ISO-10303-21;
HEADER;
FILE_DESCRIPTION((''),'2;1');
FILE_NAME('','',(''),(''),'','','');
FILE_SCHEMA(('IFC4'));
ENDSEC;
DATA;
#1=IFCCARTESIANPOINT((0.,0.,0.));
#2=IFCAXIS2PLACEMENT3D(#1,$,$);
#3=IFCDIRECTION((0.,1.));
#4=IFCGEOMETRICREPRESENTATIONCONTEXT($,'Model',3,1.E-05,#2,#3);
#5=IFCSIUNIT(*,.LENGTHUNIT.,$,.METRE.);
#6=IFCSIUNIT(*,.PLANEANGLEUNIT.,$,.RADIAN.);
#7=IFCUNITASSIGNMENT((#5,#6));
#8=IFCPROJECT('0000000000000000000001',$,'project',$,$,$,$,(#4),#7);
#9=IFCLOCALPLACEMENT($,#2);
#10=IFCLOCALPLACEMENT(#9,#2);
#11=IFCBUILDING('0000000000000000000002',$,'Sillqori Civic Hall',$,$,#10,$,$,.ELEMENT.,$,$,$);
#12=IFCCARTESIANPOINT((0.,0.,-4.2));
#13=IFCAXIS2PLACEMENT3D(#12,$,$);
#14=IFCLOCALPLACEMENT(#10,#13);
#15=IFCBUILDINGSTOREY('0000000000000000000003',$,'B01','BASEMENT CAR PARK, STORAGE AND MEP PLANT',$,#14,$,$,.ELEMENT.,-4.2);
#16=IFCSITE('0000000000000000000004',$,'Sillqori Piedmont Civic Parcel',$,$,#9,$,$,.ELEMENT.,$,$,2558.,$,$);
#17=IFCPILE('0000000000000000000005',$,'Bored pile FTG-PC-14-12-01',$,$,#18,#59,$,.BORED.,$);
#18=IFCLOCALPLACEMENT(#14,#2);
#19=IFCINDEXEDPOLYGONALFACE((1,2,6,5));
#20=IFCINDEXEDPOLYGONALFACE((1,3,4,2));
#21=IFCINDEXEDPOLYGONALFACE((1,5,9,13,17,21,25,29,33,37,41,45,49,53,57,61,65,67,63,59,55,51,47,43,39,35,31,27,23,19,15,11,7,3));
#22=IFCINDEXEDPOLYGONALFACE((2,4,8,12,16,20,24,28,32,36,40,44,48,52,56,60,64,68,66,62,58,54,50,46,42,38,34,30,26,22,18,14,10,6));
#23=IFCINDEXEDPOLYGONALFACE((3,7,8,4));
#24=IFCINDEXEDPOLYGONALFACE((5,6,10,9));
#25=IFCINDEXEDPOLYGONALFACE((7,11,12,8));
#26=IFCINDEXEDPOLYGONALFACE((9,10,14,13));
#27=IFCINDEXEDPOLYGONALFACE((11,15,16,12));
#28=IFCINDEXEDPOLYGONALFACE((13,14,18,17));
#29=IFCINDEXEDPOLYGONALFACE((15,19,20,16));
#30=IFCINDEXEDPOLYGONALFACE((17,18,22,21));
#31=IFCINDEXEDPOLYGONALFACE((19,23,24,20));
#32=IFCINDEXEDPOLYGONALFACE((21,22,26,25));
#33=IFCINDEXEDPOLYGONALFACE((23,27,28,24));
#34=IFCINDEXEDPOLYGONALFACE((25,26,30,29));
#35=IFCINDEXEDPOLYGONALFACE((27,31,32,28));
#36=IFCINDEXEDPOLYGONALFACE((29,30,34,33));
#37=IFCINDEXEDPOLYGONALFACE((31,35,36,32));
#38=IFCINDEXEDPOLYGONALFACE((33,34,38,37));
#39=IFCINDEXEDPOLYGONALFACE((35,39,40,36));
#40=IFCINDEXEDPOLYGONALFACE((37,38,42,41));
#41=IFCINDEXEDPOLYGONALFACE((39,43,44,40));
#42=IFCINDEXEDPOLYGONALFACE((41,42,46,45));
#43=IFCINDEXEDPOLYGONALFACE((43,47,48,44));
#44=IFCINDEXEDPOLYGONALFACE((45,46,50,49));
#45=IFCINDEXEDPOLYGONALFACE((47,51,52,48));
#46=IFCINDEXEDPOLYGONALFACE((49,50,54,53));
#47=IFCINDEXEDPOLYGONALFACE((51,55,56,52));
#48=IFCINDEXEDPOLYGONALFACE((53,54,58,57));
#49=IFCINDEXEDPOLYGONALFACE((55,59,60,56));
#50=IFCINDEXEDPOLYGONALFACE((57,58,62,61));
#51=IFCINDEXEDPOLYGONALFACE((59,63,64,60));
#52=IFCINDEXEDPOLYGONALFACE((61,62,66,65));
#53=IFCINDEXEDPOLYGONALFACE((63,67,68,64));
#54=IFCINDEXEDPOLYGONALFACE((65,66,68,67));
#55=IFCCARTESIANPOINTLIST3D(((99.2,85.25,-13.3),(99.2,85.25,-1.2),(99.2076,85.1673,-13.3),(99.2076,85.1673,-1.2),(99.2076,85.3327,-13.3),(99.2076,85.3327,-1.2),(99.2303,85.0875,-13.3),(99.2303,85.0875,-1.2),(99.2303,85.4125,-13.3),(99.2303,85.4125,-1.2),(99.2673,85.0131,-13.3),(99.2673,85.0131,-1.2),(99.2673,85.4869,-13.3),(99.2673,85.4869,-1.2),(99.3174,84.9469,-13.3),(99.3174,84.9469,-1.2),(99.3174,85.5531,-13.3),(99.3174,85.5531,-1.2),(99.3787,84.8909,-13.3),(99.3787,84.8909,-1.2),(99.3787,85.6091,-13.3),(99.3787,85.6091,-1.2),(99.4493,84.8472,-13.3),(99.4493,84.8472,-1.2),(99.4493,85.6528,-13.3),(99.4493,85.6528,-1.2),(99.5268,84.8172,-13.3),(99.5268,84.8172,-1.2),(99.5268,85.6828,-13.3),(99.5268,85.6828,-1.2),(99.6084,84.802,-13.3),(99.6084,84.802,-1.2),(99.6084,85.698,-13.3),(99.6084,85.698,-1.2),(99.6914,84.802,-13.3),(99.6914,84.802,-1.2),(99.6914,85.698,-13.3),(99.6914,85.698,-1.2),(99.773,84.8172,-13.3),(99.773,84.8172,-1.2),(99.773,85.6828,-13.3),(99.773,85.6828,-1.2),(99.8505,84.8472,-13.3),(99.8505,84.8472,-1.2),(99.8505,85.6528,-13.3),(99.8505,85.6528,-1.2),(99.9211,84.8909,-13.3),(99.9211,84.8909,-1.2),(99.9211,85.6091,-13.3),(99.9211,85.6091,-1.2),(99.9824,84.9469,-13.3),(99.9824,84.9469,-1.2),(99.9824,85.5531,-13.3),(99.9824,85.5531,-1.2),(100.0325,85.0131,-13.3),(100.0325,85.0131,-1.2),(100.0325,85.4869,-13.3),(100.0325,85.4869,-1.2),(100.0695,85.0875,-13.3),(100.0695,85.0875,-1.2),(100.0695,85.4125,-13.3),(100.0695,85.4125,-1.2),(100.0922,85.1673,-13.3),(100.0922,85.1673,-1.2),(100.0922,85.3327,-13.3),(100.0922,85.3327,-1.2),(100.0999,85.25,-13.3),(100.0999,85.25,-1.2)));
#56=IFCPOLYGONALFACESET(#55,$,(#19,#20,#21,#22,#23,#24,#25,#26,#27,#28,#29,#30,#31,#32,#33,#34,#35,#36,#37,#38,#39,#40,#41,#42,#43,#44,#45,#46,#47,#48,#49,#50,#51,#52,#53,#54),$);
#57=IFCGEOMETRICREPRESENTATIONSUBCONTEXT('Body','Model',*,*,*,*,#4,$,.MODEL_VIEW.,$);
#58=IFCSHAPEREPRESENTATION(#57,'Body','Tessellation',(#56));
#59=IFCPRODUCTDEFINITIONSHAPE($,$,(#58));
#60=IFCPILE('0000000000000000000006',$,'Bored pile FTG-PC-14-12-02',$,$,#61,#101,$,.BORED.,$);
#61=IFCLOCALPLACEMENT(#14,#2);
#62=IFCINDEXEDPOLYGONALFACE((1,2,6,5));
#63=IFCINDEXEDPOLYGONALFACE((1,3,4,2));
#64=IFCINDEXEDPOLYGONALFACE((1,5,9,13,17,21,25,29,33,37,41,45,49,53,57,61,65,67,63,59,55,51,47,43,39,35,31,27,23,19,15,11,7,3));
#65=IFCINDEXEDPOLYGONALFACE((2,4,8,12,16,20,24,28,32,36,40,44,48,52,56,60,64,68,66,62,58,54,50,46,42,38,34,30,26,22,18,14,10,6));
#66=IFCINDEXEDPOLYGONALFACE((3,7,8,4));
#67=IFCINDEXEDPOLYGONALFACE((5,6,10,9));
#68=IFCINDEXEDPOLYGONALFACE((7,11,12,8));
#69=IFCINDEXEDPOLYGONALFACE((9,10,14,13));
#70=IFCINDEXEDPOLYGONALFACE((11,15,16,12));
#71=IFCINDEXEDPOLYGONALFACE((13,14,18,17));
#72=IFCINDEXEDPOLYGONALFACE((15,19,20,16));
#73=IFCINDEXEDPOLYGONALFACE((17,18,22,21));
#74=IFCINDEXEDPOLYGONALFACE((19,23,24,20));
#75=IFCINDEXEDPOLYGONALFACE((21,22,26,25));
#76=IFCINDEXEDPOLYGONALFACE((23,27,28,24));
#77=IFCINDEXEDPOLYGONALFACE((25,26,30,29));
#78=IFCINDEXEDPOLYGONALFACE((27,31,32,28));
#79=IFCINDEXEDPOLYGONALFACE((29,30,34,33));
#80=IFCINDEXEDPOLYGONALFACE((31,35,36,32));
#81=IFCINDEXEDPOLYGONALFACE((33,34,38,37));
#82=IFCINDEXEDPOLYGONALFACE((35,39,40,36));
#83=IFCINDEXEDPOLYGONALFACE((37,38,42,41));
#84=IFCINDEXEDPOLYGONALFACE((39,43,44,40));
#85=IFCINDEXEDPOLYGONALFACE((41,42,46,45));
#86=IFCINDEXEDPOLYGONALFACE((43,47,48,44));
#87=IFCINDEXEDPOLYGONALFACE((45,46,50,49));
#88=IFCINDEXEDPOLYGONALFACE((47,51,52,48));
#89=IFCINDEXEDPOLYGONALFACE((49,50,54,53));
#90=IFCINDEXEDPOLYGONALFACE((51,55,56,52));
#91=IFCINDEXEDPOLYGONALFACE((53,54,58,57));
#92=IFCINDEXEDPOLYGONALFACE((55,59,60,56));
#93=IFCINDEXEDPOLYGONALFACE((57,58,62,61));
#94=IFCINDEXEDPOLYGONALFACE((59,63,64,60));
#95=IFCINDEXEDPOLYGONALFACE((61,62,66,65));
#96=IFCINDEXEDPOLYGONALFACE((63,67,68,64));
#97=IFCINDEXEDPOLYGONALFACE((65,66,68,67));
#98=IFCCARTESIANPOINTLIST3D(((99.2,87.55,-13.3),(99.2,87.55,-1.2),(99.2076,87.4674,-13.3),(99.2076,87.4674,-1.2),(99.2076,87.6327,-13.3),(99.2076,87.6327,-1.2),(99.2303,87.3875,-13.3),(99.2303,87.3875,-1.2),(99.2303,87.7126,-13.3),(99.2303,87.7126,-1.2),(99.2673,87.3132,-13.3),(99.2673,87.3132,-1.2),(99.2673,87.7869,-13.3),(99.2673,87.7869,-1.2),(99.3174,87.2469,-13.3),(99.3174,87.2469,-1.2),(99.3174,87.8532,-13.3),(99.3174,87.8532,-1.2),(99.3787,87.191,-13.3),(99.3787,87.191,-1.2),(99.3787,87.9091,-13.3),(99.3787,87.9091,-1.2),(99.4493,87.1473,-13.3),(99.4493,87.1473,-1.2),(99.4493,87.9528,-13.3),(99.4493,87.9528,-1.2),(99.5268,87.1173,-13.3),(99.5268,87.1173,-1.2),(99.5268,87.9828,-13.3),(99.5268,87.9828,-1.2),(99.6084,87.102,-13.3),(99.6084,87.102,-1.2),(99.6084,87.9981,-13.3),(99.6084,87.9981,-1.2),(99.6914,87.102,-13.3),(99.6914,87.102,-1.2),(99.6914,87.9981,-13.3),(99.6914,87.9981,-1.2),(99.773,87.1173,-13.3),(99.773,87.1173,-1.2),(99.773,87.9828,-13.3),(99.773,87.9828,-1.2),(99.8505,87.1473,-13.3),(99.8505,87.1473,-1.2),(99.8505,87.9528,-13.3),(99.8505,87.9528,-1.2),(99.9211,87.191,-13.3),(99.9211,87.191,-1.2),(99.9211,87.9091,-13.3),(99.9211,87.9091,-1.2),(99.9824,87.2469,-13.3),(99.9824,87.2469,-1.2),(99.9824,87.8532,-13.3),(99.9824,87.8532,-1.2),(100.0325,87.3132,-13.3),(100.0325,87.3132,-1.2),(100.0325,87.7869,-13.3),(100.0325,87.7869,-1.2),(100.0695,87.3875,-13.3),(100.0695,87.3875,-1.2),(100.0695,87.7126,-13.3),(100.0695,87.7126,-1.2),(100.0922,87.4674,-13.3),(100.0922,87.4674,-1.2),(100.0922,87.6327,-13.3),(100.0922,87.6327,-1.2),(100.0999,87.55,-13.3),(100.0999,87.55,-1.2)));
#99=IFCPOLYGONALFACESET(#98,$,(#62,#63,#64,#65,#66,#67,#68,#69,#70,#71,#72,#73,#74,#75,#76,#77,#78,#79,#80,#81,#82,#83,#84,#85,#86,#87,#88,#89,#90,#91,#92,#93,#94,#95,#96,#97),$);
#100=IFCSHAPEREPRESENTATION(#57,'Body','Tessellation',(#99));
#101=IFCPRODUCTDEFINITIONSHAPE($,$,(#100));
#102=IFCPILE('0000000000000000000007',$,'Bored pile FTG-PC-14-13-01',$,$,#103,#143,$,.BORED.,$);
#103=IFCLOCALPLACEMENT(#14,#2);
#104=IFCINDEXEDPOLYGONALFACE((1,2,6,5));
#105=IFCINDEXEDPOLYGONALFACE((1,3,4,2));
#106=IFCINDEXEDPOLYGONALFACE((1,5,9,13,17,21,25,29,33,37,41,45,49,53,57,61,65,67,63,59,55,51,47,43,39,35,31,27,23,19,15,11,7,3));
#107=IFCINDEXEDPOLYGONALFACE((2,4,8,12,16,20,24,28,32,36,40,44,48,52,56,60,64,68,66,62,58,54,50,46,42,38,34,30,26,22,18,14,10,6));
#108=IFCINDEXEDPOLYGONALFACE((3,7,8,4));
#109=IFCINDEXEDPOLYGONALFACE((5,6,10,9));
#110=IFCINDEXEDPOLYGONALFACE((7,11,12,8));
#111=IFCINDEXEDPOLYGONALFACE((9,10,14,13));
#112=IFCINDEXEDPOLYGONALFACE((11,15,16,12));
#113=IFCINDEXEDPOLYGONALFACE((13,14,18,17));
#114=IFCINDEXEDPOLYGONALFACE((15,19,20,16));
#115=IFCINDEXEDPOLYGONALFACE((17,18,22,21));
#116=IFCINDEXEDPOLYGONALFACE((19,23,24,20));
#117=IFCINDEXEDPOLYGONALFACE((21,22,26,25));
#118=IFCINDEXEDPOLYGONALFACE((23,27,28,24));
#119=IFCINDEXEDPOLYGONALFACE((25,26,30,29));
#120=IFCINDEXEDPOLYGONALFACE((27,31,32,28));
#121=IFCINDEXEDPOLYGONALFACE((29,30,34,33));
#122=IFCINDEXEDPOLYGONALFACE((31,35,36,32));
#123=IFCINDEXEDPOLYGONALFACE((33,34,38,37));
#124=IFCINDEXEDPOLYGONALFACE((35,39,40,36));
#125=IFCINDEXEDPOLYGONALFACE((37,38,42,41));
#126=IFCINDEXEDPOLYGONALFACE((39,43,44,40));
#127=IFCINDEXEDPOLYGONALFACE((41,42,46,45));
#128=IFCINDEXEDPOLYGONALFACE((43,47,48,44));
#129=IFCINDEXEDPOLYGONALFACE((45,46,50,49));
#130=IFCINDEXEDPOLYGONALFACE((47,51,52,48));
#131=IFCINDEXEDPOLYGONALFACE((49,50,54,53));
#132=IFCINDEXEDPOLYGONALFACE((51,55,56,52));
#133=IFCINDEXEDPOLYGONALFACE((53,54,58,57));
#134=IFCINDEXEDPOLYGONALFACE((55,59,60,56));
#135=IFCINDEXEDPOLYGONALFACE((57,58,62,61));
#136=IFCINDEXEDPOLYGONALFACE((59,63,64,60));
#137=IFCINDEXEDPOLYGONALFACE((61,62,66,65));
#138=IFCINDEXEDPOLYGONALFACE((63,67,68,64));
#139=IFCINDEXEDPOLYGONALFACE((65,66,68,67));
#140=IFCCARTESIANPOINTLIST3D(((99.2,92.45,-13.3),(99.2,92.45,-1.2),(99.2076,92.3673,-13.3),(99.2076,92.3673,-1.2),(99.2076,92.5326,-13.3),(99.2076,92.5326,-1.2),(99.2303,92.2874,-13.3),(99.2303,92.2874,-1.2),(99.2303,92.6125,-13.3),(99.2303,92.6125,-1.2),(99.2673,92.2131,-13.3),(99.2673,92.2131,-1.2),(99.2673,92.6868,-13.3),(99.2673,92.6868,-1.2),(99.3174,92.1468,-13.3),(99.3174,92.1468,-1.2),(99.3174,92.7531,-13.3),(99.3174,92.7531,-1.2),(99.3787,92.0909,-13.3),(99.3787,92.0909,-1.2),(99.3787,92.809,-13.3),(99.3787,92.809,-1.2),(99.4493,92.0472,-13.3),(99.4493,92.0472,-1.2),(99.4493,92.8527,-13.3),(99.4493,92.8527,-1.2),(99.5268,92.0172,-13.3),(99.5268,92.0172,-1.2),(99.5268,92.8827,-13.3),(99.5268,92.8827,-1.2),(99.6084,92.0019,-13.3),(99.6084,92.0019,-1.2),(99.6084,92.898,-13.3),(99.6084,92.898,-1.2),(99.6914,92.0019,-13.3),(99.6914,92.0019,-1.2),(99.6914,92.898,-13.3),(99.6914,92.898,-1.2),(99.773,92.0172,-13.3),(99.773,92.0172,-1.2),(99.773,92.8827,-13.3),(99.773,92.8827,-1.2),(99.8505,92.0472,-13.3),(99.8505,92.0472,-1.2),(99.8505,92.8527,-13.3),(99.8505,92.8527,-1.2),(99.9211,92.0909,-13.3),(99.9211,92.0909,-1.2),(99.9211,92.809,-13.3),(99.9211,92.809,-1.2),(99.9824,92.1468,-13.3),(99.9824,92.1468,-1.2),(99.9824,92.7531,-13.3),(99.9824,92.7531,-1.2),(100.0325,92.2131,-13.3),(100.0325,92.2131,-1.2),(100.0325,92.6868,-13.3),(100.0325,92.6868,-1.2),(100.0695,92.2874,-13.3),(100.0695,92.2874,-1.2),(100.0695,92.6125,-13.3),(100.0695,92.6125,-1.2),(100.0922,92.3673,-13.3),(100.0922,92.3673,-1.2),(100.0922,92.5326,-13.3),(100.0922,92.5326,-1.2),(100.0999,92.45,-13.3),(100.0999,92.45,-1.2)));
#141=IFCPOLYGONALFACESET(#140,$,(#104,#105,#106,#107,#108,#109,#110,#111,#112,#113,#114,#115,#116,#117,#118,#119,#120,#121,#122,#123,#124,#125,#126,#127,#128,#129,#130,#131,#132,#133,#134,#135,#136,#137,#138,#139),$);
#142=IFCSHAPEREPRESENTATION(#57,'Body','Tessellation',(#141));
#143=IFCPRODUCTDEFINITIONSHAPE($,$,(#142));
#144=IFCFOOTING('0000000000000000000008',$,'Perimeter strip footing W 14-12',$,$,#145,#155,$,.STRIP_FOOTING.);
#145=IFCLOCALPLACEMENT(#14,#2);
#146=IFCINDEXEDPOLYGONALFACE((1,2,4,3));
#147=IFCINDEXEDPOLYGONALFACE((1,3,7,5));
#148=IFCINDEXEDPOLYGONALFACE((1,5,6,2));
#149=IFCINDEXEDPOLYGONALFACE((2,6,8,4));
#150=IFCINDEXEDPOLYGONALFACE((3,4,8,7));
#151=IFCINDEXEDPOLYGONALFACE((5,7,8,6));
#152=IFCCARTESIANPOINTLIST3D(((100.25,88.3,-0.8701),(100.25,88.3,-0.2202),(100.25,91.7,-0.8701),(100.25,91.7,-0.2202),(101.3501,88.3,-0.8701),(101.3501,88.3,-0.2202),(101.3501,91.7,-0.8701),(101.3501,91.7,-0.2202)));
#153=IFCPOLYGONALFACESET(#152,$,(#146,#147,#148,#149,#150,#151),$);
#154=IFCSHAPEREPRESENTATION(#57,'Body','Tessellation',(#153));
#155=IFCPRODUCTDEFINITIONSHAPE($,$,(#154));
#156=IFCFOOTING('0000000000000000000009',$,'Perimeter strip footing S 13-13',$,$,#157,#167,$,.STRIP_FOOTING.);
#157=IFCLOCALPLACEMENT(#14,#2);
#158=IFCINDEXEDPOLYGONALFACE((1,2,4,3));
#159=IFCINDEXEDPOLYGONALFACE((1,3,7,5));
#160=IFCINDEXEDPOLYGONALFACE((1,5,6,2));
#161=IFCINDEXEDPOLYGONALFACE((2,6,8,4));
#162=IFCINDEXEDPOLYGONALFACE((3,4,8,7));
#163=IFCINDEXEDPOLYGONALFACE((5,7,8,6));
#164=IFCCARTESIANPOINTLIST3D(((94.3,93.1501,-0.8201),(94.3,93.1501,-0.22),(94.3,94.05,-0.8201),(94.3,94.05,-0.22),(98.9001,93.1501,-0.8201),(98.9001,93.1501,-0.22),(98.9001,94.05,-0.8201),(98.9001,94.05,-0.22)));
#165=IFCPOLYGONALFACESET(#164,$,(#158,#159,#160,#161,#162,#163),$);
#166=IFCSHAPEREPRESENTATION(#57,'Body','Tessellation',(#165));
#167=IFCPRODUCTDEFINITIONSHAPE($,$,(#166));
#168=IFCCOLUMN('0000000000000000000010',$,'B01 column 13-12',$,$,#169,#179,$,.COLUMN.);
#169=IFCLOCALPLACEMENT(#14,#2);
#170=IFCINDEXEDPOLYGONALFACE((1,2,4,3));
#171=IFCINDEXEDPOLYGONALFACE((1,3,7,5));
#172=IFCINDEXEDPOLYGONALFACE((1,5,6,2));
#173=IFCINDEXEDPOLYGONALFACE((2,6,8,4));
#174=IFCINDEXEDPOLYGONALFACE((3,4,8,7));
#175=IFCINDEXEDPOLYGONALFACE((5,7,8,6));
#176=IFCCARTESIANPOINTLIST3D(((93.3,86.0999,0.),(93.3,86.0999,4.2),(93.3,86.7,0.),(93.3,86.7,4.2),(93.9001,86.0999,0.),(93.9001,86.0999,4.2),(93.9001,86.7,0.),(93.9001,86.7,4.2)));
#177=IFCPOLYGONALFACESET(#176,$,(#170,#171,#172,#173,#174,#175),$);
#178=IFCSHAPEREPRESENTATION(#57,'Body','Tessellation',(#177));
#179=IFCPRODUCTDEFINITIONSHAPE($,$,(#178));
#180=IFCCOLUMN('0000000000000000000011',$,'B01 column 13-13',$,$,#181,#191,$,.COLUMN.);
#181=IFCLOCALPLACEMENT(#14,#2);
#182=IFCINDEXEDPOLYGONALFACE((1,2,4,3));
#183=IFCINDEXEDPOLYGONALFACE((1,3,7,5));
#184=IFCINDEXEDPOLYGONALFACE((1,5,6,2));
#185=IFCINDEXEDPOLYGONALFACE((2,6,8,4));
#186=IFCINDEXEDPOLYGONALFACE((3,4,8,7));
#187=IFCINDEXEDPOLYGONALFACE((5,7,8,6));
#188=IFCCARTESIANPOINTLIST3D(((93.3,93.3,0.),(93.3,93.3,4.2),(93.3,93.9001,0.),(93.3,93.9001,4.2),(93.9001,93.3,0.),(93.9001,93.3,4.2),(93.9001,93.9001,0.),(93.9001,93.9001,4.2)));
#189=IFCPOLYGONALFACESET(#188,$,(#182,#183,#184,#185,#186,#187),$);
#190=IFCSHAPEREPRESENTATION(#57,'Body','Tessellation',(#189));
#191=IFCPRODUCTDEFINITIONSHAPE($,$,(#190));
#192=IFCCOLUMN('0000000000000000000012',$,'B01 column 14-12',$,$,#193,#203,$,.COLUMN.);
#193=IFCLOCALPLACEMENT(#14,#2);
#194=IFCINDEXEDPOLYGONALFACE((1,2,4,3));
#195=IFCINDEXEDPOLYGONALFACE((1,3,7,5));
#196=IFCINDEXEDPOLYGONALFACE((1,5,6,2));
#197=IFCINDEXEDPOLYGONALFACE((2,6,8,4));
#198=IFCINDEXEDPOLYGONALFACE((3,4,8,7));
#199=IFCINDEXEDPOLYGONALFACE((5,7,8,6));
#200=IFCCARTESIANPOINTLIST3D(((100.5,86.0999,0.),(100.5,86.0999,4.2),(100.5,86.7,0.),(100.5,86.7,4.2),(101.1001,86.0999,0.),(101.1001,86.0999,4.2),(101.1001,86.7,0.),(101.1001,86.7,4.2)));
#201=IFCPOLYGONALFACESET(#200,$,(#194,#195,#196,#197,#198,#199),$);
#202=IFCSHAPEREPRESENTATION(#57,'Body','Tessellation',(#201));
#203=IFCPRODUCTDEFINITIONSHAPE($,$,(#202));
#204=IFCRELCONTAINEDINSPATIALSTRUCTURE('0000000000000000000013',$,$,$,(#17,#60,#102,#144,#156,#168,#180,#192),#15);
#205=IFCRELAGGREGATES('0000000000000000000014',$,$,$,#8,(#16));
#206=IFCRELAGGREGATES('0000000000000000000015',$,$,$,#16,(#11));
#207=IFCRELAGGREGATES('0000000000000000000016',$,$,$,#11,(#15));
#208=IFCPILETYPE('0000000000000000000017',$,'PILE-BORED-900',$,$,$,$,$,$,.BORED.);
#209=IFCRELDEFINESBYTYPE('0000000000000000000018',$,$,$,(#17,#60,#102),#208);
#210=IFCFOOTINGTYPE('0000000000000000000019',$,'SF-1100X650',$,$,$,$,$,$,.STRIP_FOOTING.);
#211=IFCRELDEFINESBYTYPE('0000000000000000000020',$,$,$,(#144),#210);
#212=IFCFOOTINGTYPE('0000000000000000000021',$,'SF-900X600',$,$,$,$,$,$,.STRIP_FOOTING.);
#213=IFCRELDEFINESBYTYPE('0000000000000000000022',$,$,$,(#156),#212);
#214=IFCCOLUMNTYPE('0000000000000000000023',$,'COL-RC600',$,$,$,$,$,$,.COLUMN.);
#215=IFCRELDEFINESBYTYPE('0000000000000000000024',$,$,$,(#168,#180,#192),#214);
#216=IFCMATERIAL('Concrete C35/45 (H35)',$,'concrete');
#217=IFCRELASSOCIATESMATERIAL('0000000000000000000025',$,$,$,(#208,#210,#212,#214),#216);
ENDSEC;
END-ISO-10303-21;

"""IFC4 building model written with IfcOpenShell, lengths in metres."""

from ifc_helpers import new_model, si_unit, direction, frame, origin, origin_2d, place, context, subcontext, project, spatial, rectangle, circle, extrude, material, material_profile, profile_set, type_object, element, save


model = new_model("IFC4")

# Units and contexts
model_context = context("Model", 3, precision=1e-05, world=origin(), true_north=direction((0.0, 1.0)))
body_context = subcontext(model_context, "Body", "Model", "MODEL_VIEW")
ifc_project = project(units=[si_unit("LENGTHUNIT", "METRE"), si_unit("PLANEANGLEUNIT", "RADIAN")], contexts=[model_context])

# Site, building, storey
site_placement = place(None, origin())
site = spatial("IfcSite", under=ifc_project, at=site_placement, Name="Sillqori Piedmont Civic Parcel", CompositionType="ELEMENT", RefElevation=2558.0)
building_placement = place(site_placement, origin())
building = spatial("IfcBuilding", under=site, at=building_placement, Name="Sillqori Civic Hall", CompositionType="ELEMENT")
storey_placement = place(building_placement, frame((0.0, 0.0, -4.2)))
storey = spatial("IfcBuildingStorey", under=building, at=storey_placement, Name="B01", Description="BASEMENT CAR PARK, STORAGE AND MEP PLANT", CompositionType="ELEMENT", Elevation=-4.2)

# Shared definitions
ifc_material_1 = material(Name="Concrete C35/45 (H35)", Category="concrete")

# Piles
ifc_material_profile_1 = material_profile(ifc_material_1, circle(Radius=0.45, at=origin_2d()), Name="BORED PILE 900")
ifc_profile_set_1 = profile_set([ifc_material_profile_1], Name="Concrete C35/45 (H35)")
pile_type = type_object("IfcPileType", Name="PILE-BORED-900", PredefinedType="BORED", material=ifc_profile_set_1)
for number, where, z_axis, x_axis, name in (
    (1, (99.6499, 85.25, -1.2), (0.0, 0.0, -1.0), (1.0, 0.0, 0.0), "Bored pile FTG-PC-14-12-01"),
    (2, (99.6499, 87.55, -1.2), (0.0, 0.0, -1.0), (1.0, 0.0, 0.0), "Bored pile FTG-PC-14-12-02"),
    (3, (99.6499, 92.45, -1.2), (0.0, 0.0, -1.0), (1.0, 0.0, 0.0), "Bored pile FTG-PC-14-13-01"),
):
    element("IfcPile", number, at=place(storey_placement, frame(where, z_axis=z_axis, x_axis=x_axis)), inside=storey, type_object=pile_type, Name=name, PredefinedType="BORED", context=body_context, shape_type="SweptSolid", body=[
        extrude(circle(Radius=0.45, at=origin_2d()), origin(), (0.0, 0.0, 1.0), 12.1001),
    ])

# Footings
footing_type_1 = type_object("IfcFootingType", Name="SF-1100X650", PredefinedType="STRIP_FOOTING", material=ifc_material_1)
footing_1_placement = place(storey_placement, frame((100.8, 90.0, -0.8701), z_axis=(0.0, 0.0, 1.0), x_axis=(1.0, 0.0, 0.0)))
element("IfcFooting", 4, at=footing_1_placement, inside=storey, type_object=footing_type_1, Name="Perimeter strip footing W 14-12", PredefinedType="STRIP_FOOTING", context=body_context, shape_type="SweptSolid", body=[
    extrude(rectangle(XDim=1.1001, YDim=3.3999, at=origin_2d()), origin(), (0.0, 0.0, 1.0), 0.6499),
])
footing_type_2 = type_object("IfcFootingType", Name="SF-900X600", PredefinedType="STRIP_FOOTING", material=ifc_material_1)
footing_2_placement = place(storey_placement, frame((96.6001, 93.6001, -0.8201), z_axis=(0.0, 0.0, 1.0), x_axis=(1.0, 0.0, 0.0)))
element("IfcFooting", 5, at=footing_2_placement, inside=storey, type_object=footing_type_2, Name="Perimeter strip footing S 13-13", PredefinedType="STRIP_FOOTING", context=body_context, shape_type="SweptSolid", body=[
    extrude(rectangle(XDim=4.6001, YDim=0.8999, at=origin_2d()), origin(), (0.0, 0.0, 1.0), 0.6001),
])

# Columns
ifc_material_profile_2 = material_profile(ifc_material_1, rectangle(XDim=0.6001, YDim=0.6001, at=origin_2d()), Name="RC 600x600")
ifc_profile_set_2 = profile_set([ifc_material_profile_2], Name="Concrete C35/45 (H35)")
column_type = type_object("IfcColumnType", Name="COL-RC600", PredefinedType="COLUMN", material=ifc_profile_set_2)
for number, where, z_axis, x_axis, name in (
    (6, (93.6001, 86.3999, 0.0), (0.0, 0.0, 1.0), (1.0, 0.0, 0.0), "B01 column 13-12"),
    (7, (93.6001, 93.6001, 0.0), (0.0, 0.0, 1.0), (1.0, 0.0, 0.0), "B01 column 13-13"),
    (8, (100.8, 86.3999, 0.0), (0.0, 0.0, 1.0), (1.0, 0.0, 0.0), "B01 column 14-12"),
):
    element("IfcColumn", number, at=place(storey_placement, frame(where, z_axis=z_axis, x_axis=x_axis)), inside=storey, type_object=column_type, Name=name, PredefinedType="COLUMN", context=body_context, shape_type="SweptSolid", body=[
        extrude(rectangle(XDim=0.6001, YDim=0.6001, at=origin_2d()), origin(), (0.0, 0.0, 1.0), 4.2),
    ])

save(model, "model.ifc")
